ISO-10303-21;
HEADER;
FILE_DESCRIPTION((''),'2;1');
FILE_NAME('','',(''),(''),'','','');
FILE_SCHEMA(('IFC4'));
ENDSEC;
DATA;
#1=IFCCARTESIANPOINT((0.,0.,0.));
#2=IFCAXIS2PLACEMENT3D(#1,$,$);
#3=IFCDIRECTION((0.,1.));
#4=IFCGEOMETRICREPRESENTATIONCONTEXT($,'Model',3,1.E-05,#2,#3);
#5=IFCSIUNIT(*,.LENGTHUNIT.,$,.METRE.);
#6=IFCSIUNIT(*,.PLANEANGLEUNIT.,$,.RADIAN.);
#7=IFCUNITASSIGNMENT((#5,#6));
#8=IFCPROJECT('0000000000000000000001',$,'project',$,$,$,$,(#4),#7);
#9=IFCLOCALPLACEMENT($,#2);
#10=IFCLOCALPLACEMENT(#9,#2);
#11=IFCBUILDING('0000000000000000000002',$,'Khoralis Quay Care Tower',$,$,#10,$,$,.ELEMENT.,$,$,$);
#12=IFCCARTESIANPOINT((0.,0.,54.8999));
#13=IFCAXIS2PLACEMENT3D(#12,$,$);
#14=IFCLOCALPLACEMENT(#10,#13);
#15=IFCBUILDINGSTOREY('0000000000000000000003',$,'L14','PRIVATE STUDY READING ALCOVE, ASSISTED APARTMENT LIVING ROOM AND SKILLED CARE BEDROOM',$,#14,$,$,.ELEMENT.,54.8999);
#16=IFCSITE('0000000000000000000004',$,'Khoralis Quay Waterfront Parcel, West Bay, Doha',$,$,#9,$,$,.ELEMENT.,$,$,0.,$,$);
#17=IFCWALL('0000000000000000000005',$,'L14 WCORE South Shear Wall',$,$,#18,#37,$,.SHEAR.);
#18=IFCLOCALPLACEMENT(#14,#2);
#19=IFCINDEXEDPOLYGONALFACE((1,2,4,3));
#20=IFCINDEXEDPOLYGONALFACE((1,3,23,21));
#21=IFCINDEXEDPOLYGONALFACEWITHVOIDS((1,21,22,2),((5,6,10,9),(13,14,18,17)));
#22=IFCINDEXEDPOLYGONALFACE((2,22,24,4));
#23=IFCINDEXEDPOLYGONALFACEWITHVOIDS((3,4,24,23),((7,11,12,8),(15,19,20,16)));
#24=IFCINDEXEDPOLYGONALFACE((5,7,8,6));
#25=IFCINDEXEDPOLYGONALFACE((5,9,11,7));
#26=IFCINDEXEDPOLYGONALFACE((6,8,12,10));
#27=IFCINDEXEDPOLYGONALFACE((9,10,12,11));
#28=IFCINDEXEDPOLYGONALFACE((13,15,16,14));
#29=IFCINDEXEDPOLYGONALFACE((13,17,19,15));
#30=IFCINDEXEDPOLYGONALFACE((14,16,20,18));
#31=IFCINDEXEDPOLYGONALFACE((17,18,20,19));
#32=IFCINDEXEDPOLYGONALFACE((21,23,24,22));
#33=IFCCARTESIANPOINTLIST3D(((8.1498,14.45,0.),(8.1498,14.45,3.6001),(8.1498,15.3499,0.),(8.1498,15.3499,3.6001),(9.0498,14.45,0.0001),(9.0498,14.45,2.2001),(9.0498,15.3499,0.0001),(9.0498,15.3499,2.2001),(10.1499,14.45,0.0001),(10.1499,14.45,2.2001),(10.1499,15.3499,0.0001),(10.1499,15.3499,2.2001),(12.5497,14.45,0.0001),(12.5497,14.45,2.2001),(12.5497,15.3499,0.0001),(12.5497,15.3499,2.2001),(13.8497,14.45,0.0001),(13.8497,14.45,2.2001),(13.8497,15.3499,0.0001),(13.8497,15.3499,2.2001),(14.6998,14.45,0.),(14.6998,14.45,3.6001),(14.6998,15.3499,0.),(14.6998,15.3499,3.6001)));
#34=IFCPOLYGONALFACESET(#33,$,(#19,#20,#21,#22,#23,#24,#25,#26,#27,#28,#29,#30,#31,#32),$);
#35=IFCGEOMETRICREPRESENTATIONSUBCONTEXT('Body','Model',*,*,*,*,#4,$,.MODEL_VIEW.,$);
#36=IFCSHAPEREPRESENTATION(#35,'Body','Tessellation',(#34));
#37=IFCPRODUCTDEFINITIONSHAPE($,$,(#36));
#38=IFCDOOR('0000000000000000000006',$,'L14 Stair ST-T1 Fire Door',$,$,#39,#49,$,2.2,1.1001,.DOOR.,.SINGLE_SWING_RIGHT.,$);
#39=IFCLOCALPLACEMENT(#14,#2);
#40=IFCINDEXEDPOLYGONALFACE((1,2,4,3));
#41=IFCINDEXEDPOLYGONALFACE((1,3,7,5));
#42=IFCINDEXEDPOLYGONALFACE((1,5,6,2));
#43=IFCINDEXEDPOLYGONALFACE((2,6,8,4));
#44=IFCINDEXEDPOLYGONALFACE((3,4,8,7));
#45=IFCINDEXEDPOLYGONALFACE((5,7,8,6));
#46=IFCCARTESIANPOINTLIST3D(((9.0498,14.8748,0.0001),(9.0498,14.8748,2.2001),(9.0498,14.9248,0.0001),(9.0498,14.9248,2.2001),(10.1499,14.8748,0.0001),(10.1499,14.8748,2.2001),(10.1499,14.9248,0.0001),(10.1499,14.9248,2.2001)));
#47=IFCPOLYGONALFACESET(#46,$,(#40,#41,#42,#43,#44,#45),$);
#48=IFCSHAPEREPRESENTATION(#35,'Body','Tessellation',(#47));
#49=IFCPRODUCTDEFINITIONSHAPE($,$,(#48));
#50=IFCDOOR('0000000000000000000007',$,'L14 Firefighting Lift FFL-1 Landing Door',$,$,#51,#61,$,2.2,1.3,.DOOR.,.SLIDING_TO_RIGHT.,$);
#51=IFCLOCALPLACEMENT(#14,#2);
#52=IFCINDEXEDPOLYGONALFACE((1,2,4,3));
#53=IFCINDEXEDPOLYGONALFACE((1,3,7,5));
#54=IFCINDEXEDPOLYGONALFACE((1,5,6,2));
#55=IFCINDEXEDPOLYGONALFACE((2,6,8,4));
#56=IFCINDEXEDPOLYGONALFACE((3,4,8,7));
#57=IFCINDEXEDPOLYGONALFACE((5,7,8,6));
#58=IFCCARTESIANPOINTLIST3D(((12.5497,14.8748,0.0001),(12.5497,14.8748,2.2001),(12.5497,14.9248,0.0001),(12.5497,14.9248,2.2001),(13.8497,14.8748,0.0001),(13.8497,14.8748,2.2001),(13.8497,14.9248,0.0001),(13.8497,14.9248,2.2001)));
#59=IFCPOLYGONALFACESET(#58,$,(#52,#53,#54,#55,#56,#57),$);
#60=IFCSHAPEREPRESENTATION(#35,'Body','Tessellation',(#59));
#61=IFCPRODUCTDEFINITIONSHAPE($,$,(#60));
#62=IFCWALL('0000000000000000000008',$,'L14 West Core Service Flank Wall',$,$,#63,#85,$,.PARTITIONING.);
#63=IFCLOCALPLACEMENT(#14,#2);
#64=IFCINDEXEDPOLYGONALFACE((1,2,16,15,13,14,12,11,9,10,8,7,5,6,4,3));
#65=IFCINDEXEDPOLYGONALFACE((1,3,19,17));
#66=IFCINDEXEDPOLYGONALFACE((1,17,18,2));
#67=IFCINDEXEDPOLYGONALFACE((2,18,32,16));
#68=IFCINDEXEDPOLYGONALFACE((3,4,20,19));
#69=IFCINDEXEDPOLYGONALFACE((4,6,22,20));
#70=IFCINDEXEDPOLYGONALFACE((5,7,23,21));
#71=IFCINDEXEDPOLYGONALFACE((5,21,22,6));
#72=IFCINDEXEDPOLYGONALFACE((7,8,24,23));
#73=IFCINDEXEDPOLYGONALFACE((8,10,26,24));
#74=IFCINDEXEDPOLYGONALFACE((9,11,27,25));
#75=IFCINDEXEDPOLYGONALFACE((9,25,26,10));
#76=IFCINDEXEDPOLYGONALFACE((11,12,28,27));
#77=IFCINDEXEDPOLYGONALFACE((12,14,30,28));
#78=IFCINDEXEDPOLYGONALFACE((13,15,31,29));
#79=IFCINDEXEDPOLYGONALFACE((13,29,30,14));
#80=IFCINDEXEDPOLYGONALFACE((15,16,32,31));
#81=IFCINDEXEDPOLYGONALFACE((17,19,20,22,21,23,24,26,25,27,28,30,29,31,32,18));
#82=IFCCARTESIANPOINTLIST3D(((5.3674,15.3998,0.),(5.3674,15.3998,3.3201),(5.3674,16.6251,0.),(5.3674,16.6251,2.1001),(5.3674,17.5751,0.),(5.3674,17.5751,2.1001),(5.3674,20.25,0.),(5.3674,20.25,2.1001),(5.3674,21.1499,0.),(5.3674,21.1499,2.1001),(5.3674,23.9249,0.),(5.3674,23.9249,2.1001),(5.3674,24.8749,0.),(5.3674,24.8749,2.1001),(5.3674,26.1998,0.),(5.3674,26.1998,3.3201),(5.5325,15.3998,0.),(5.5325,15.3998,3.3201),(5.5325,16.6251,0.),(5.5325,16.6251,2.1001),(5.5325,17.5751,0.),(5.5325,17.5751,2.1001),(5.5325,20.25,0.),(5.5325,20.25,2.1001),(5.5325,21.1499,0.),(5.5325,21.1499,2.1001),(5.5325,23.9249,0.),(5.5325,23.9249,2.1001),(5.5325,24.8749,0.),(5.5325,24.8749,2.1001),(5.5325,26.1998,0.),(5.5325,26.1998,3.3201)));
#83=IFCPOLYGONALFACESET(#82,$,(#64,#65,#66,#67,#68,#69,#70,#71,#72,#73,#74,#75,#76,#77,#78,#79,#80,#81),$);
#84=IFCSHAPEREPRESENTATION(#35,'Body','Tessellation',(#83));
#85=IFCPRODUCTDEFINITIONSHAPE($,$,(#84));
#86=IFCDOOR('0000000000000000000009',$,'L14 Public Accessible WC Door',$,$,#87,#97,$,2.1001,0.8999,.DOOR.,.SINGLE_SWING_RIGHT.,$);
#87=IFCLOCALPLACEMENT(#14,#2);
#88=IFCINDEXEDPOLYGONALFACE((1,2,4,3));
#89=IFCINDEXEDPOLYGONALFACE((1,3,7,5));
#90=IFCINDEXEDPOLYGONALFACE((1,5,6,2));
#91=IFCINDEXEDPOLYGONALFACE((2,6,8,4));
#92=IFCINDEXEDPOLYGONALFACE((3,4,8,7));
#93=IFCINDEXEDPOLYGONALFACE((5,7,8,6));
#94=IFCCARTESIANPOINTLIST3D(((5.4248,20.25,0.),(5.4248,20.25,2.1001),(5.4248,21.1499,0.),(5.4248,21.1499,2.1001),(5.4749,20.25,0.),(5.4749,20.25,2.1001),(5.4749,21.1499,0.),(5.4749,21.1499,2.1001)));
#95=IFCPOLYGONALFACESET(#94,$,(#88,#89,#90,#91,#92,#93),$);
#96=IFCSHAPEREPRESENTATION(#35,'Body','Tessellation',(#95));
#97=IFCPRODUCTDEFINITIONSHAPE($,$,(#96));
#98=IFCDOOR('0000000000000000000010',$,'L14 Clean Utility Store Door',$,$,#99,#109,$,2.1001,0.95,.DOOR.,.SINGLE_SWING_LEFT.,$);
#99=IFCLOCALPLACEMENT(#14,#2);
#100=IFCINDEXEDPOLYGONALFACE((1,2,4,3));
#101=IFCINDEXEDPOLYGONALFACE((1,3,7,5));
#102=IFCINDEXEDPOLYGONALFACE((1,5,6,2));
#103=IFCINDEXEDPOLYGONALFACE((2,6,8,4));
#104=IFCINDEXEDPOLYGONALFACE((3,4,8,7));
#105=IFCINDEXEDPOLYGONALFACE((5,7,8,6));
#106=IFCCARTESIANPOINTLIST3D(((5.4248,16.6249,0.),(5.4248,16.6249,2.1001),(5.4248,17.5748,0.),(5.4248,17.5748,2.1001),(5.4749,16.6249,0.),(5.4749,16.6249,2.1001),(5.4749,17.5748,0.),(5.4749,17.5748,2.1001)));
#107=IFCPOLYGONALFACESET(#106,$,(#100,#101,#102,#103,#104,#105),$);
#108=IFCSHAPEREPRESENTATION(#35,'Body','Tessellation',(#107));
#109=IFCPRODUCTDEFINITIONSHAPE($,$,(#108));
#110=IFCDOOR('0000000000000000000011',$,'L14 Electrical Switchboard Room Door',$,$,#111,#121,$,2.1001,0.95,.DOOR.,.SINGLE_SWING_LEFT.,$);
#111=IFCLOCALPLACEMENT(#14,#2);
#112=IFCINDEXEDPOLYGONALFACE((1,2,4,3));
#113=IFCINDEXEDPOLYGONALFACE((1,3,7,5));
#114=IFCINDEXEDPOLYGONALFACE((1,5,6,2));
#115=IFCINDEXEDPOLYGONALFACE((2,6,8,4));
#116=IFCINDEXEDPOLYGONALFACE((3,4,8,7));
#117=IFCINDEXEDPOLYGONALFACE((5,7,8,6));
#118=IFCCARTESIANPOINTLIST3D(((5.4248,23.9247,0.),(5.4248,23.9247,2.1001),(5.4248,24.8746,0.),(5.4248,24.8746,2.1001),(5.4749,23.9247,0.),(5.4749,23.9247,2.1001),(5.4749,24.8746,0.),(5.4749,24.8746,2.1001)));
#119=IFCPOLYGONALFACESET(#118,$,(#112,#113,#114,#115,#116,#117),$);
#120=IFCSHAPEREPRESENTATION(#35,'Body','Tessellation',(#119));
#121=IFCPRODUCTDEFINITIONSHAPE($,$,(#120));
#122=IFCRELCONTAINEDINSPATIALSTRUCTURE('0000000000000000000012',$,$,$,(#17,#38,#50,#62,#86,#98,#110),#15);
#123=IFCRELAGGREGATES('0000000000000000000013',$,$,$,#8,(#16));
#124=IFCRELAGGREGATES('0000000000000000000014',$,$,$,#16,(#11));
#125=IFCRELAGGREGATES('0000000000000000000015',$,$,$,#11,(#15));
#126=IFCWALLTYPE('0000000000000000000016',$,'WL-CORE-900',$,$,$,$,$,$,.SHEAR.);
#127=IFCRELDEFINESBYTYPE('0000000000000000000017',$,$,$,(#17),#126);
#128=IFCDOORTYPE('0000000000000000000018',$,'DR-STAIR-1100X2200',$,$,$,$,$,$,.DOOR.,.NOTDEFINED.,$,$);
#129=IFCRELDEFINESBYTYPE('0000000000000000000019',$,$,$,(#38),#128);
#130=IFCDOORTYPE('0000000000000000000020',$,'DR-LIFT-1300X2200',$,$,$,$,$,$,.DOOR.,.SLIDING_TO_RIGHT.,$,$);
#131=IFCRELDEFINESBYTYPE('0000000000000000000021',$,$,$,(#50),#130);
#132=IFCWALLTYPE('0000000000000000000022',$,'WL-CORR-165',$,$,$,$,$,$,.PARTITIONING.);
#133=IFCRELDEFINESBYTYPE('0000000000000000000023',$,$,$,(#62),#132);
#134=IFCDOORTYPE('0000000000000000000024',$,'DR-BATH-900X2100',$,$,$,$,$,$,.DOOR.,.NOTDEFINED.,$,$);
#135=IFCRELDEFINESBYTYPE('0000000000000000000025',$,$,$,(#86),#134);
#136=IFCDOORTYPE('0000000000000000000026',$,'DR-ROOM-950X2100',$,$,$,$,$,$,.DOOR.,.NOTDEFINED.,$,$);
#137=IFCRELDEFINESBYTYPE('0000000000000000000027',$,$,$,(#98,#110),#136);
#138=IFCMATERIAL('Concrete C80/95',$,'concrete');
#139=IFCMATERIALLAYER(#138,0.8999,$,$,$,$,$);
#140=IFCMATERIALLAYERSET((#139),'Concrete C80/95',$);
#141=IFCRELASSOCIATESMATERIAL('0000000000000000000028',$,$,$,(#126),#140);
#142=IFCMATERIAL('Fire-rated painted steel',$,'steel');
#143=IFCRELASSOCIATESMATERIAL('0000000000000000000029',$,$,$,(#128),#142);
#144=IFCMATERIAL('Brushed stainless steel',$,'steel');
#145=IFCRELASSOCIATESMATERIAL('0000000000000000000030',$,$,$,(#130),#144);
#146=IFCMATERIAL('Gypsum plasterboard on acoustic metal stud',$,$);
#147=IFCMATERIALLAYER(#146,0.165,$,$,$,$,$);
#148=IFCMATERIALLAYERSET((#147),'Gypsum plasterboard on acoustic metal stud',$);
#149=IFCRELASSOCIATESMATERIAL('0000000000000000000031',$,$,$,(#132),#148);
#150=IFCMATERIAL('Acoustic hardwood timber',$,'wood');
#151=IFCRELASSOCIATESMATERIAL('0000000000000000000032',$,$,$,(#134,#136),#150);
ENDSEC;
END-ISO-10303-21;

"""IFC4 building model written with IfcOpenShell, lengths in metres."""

from ifc_helpers import new_model, si_unit, direction, frame, frame_2d, origin, place, context, subcontext, project, spatial, rectangle, extrude, source, transform, mapped, material, layer, layer_set, type_object, element, fill, save


model = new_model("IFC4")

# Units and contexts
model_context = context("Model", 3, precision=1e-05, world=origin(), true_north=direction((0.0, 1.0)))
body_context = subcontext(model_context, "Body", "Model", "MODEL_VIEW")
ifc_project = project(units=[si_unit("LENGTHUNIT", "METRE"), si_unit("PLANEANGLEUNIT", "RADIAN")], contexts=[model_context])

# Site, building, storey
site_placement = place(None, origin())
site = spatial("IfcSite", under=ifc_project, at=site_placement, Name="Khoralis Quay Waterfront Parcel, West Bay, Doha", CompositionType="ELEMENT", RefElevation=0.0)
building_placement = place(site_placement, origin())
building = spatial("IfcBuilding", under=site, at=building_placement, Name="Khoralis Quay Care Tower", CompositionType="ELEMENT")
storey_placement = place(building_placement, frame((0.0, 0.0, 54.8999)))
storey = spatial("IfcBuildingStorey", under=building, at=storey_placement, Name="L14", Description="PRIVATE STUDY READING ALCOVE, ASSISTED APARTMENT LIVING ROOM AND SKILLED CARE BEDROOM", CompositionType="ELEMENT", Elevation=54.8999)

# Shared definitions
ifc_material_1 = material(Name="Concrete C80/95", Category="concrete")

# Shared definitions
ifc_layer_1 = layer(ifc_material_1, 0.8999)
ifc_layer_set_1 = layer_set([ifc_layer_1], Name="Concrete C80/95")
wall_type_1 = type_object("IfcWallType", Name="WL-CORE-900", PredefinedType="SHEAR", material=ifc_layer_set_1)

# Walls, openings, doors
wall_1_placement = place(storey_placement, frame((8.1499, 14.8999, 0.0), z_axis=(0.0, 0.0, 1.0), x_axis=(1.0, 0.0, 0.0)))
wall_1 = element("IfcWall", 1, at=wall_1_placement, inside=storey, type_object=wall_type_1, Name="L14 WCORE South Shear Wall", PredefinedType="SHEAR", context=body_context, shape_type="SweptSolid", body=[
    extrude(rectangle(XDim=6.55, YDim=0.8999, at=frame_2d((3.2749, 0.0))), origin(), (0.0, 0.0, 1.0), 3.6001),
])
opening_1_placement = place(wall_1_placement, frame((0.8999, 0.0, 0.0)))
opening_1 = element("IfcOpeningElement", 2, at=opening_1_placement, cuts=wall_1, PredefinedType="OPENING", context=body_context, shape_type="SweptSolid", body=[
    extrude(rectangle(XDim=1.1001, YDim=2.2, at=frame_2d((0.55, 1.1001))), frame((0.0, 0.46, 0.0), z_axis=(0.0, -1.0, 0.0), x_axis=(1.0, 0.0, 0.0)), (0.0, 0.0, 1.0), 0.9199),
])
opening_2_placement = place(wall_1_placement, frame((4.3999, 0.0, 0.0)))
opening_2 = element("IfcOpeningElement", 3, at=opening_2_placement, cuts=wall_1, PredefinedType="OPENING", context=body_context, shape_type="SweptSolid", body=[
    extrude(rectangle(XDim=1.3, YDim=2.2, at=frame_2d((0.6499, 1.1001))), frame((0.0, 0.46, 0.0), z_axis=(0.0, -1.0, 0.0), x_axis=(1.0, 0.0, 0.0)), (0.0, 0.0, 1.0), 0.9199),
])
ifc_material_2 = material(Name="Fire-rated painted steel", Category="steel")
door_type_1 = type_object("IfcDoorType", Name="DR-STAIR-1100X2200", OperationType="NOTDEFINED", PredefinedType="DOOR", material=ifc_material_2)
shared_shape_1 = source(origin(), body_context, "Body", "SweptSolid", [
    extrude(rectangle(XDim=1.1001, YDim=2.2, at=frame_2d((0.55, 1.1001))), frame((0.0, 0.0249, 0.0), z_axis=(0.0, -1.0, 0.0), x_axis=(1.0, 0.0, 0.0)), (0.0, 0.0, 1.0), 0.05),
])
door_1_placement = place(opening_1_placement, origin())
door_1 = element("IfcDoor", 4, at=door_1_placement, inside=storey, type_object=door_type_1, Name="L14 Stair ST-T1 Fire Door", OperationType="SINGLE_SWING_RIGHT", OverallHeight=2.2, OverallWidth=1.1001, PredefinedType="DOOR", context=body_context, shape_type="MappedRepresentation", body=[
    mapped(shared_shape_1, transform((0.0, 0.0, 0.0), scale=1.0)),
])
fill(opening_1, door_1)
ifc_material_3 = material(Name="Brushed stainless steel", Category="steel")
door_type_2 = type_object("IfcDoorType", Name="DR-LIFT-1300X2200", OperationType="SLIDING_TO_RIGHT", PredefinedType="DOOR", material=ifc_material_3)
shared_shape_2 = source(origin(), body_context, "Body", "SweptSolid", [
    extrude(rectangle(XDim=1.3, YDim=2.2, at=frame_2d((0.6499, 1.1001))), frame((0.0, 0.0249, 0.0), z_axis=(0.0, -1.0, 0.0), x_axis=(1.0, 0.0, 0.0)), (0.0, 0.0, 1.0), 0.05),
])
door_2_placement = place(opening_2_placement, origin())
door_2 = element("IfcDoor", 5, at=door_2_placement, inside=storey, type_object=door_type_2, Name="L14 Firefighting Lift FFL-1 Landing Door", OperationType="SLIDING_TO_RIGHT", OverallHeight=2.2, OverallWidth=1.3, PredefinedType="DOOR", context=body_context, shape_type="MappedRepresentation", body=[
    mapped(shared_shape_2, transform((0.0, 0.0, 0.0), scale=1.0)),
])
fill(opening_2, door_2)
ifc_material_4 = material(Name="Gypsum plasterboard on acoustic metal stud")
ifc_layer_2 = layer(ifc_material_4, 0.165)
ifc_layer_set_2 = layer_set([ifc_layer_2], Name="Gypsum plasterboard on acoustic metal stud")
wall_type_2 = type_object("IfcWallType", Name="WL-CORR-165", PredefinedType="PARTITIONING", material=ifc_layer_set_2)
wall_2_placement = place(storey_placement, frame((5.45, 15.3999, 0.0), z_axis=(0.0, 0.0, 1.0), x_axis=(0.0, 1.0, 0.0)))
wall_2 = element("IfcWall", 6, at=wall_2_placement, inside=storey, type_object=wall_type_2, Name="L14 West Core Service Flank Wall", PredefinedType="PARTITIONING", context=body_context, shape_type="SweptSolid", body=[
    extrude(rectangle(XDim=10.8, YDim=0.165, at=frame_2d((5.3999, 0.0))), origin(), (0.0, 0.0, 1.0), 3.3201),
])
opening_3_placement = place(wall_2_placement, frame((1.2251, 0.0, 0.0)))
opening_3 = element("IfcOpeningElement", 7, at=opening_3_placement, cuts=wall_2, PredefinedType="OPENING", context=body_context, shape_type="SweptSolid", body=[
    extrude(rectangle(XDim=0.95, YDim=2.1001, at=frame_2d((0.4751, 1.05))), frame((0.0, 0.0925, 0.0), z_axis=(0.0, -1.0, 0.0), x_axis=(1.0, 0.0, 0.0)), (0.0, 0.0, 1.0), 0.1851),
])
opening_4_placement = place(wall_2_placement, frame((4.8501, 0.0, 0.0)))
opening_4 = element("IfcOpeningElement", 8, at=opening_4_placement, cuts=wall_2, PredefinedType="OPENING", context=body_context, shape_type="SweptSolid", body=[
    extrude(rectangle(XDim=0.8999, YDim=2.1001, at=frame_2d((0.45, 1.05))), frame((0.0, 0.0925, 0.0), z_axis=(0.0, -1.0, 0.0), x_axis=(1.0, 0.0, 0.0)), (0.0, 0.0, 1.0), 0.1851),
])
opening_5_placement = place(wall_2_placement, frame((8.5249, 0.0, 0.0)))
opening_5 = element("IfcOpeningElement", 9, at=opening_5_placement, cuts=wall_2, PredefinedType="OPENING", context=body_context, shape_type="SweptSolid", body=[
    extrude(rectangle(XDim=0.95, YDim=2.1001, at=frame_2d((0.4751, 1.05))), frame((0.0, 0.0925, 0.0), z_axis=(0.0, -1.0, 0.0), x_axis=(1.0, 0.0, 0.0)), (0.0, 0.0, 1.0), 0.1851),
])
ifc_material_5 = material(Name="Acoustic hardwood timber", Category="wood")
door_type_3 = type_object("IfcDoorType", Name="DR-BATH-900X2100", OperationType="NOTDEFINED", PredefinedType="DOOR", material=ifc_material_5)
shared_shape_3 = source(origin(), body_context, "Body", "SweptSolid", [
    extrude(rectangle(XDim=0.8999, YDim=2.1001, at=frame_2d((0.45, 1.05))), frame((0.0, 0.0249, 0.0), z_axis=(0.0, -1.0, 0.0), x_axis=(1.0, 0.0, 0.0)), (0.0, 0.0, 1.0), 0.05),
])
door_3_placement = place(opening_4_placement, frame((0.8999, 0.0, 0.0), z_axis=(0.0, 0.0, 1.0), x_axis=(-1.0, 0.0, 0.0)))
door_3 = element("IfcDoor", 10, at=door_3_placement, inside=storey, type_object=door_type_3, Name="L14 Public Accessible WC Door", OperationType="SINGLE_SWING_RIGHT", OverallHeight=2.1001, OverallWidth=0.8999, PredefinedType="DOOR", context=body_context, shape_type="MappedRepresentation", body=[
    mapped(shared_shape_3, transform((0.0, 0.0, 0.0), scale=1.0)),
])
fill(opening_4, door_3)
door_type_4 = type_object("IfcDoorType", Name="DR-ROOM-950X2100", OperationType="NOTDEFINED", PredefinedType="DOOR", material=ifc_material_5)
shared_shape_4 = source(origin(), body_context, "Body", "SweptSolid", [
    extrude(rectangle(XDim=0.95, YDim=2.1001, at=frame_2d((0.4751, 1.05))), frame((0.0, 0.0249, 0.0), z_axis=(0.0, -1.0, 0.0), x_axis=(1.0, 0.0, 0.0)), (0.0, 0.0, 1.0), 0.05),
])
door_4_placement = place(opening_3_placement, frame((0.95, 0.0, 0.0), z_axis=(0.0, 0.0, 1.0), x_axis=(-1.0, 0.0, 0.0)))
door_4 = element("IfcDoor", 11, at=door_4_placement, inside=storey, type_object=door_type_4, Name="L14 Clean Utility Store Door", OperationType="SINGLE_SWING_LEFT", OverallHeight=2.1001, OverallWidth=0.95, PredefinedType="DOOR", context=body_context, shape_type="MappedRepresentation", body=[
    mapped(shared_shape_4, transform((0.0, 0.0, 0.0), scale=1.0)),
])
fill(opening_3, door_4)
door_5_placement = place(opening_5_placement, frame((0.95, 0.0, 0.0), z_axis=(0.0, 0.0, 1.0), x_axis=(-1.0, 0.0, 0.0)))
door_5 = element("IfcDoor", 12, at=door_5_placement, inside=storey, type_object=door_type_4, Name="L14 Electrical Switchboard Room Door", OperationType="SINGLE_SWING_LEFT", OverallHeight=2.1001, OverallWidth=0.95, PredefinedType="DOOR", context=body_context, shape_type="MappedRepresentation", body=[
    mapped(shared_shape_4, transform((0.0, 0.0, 0.0), scale=1.0)),
])
fill(opening_5, door_5)

save(model, "model.ifc")
